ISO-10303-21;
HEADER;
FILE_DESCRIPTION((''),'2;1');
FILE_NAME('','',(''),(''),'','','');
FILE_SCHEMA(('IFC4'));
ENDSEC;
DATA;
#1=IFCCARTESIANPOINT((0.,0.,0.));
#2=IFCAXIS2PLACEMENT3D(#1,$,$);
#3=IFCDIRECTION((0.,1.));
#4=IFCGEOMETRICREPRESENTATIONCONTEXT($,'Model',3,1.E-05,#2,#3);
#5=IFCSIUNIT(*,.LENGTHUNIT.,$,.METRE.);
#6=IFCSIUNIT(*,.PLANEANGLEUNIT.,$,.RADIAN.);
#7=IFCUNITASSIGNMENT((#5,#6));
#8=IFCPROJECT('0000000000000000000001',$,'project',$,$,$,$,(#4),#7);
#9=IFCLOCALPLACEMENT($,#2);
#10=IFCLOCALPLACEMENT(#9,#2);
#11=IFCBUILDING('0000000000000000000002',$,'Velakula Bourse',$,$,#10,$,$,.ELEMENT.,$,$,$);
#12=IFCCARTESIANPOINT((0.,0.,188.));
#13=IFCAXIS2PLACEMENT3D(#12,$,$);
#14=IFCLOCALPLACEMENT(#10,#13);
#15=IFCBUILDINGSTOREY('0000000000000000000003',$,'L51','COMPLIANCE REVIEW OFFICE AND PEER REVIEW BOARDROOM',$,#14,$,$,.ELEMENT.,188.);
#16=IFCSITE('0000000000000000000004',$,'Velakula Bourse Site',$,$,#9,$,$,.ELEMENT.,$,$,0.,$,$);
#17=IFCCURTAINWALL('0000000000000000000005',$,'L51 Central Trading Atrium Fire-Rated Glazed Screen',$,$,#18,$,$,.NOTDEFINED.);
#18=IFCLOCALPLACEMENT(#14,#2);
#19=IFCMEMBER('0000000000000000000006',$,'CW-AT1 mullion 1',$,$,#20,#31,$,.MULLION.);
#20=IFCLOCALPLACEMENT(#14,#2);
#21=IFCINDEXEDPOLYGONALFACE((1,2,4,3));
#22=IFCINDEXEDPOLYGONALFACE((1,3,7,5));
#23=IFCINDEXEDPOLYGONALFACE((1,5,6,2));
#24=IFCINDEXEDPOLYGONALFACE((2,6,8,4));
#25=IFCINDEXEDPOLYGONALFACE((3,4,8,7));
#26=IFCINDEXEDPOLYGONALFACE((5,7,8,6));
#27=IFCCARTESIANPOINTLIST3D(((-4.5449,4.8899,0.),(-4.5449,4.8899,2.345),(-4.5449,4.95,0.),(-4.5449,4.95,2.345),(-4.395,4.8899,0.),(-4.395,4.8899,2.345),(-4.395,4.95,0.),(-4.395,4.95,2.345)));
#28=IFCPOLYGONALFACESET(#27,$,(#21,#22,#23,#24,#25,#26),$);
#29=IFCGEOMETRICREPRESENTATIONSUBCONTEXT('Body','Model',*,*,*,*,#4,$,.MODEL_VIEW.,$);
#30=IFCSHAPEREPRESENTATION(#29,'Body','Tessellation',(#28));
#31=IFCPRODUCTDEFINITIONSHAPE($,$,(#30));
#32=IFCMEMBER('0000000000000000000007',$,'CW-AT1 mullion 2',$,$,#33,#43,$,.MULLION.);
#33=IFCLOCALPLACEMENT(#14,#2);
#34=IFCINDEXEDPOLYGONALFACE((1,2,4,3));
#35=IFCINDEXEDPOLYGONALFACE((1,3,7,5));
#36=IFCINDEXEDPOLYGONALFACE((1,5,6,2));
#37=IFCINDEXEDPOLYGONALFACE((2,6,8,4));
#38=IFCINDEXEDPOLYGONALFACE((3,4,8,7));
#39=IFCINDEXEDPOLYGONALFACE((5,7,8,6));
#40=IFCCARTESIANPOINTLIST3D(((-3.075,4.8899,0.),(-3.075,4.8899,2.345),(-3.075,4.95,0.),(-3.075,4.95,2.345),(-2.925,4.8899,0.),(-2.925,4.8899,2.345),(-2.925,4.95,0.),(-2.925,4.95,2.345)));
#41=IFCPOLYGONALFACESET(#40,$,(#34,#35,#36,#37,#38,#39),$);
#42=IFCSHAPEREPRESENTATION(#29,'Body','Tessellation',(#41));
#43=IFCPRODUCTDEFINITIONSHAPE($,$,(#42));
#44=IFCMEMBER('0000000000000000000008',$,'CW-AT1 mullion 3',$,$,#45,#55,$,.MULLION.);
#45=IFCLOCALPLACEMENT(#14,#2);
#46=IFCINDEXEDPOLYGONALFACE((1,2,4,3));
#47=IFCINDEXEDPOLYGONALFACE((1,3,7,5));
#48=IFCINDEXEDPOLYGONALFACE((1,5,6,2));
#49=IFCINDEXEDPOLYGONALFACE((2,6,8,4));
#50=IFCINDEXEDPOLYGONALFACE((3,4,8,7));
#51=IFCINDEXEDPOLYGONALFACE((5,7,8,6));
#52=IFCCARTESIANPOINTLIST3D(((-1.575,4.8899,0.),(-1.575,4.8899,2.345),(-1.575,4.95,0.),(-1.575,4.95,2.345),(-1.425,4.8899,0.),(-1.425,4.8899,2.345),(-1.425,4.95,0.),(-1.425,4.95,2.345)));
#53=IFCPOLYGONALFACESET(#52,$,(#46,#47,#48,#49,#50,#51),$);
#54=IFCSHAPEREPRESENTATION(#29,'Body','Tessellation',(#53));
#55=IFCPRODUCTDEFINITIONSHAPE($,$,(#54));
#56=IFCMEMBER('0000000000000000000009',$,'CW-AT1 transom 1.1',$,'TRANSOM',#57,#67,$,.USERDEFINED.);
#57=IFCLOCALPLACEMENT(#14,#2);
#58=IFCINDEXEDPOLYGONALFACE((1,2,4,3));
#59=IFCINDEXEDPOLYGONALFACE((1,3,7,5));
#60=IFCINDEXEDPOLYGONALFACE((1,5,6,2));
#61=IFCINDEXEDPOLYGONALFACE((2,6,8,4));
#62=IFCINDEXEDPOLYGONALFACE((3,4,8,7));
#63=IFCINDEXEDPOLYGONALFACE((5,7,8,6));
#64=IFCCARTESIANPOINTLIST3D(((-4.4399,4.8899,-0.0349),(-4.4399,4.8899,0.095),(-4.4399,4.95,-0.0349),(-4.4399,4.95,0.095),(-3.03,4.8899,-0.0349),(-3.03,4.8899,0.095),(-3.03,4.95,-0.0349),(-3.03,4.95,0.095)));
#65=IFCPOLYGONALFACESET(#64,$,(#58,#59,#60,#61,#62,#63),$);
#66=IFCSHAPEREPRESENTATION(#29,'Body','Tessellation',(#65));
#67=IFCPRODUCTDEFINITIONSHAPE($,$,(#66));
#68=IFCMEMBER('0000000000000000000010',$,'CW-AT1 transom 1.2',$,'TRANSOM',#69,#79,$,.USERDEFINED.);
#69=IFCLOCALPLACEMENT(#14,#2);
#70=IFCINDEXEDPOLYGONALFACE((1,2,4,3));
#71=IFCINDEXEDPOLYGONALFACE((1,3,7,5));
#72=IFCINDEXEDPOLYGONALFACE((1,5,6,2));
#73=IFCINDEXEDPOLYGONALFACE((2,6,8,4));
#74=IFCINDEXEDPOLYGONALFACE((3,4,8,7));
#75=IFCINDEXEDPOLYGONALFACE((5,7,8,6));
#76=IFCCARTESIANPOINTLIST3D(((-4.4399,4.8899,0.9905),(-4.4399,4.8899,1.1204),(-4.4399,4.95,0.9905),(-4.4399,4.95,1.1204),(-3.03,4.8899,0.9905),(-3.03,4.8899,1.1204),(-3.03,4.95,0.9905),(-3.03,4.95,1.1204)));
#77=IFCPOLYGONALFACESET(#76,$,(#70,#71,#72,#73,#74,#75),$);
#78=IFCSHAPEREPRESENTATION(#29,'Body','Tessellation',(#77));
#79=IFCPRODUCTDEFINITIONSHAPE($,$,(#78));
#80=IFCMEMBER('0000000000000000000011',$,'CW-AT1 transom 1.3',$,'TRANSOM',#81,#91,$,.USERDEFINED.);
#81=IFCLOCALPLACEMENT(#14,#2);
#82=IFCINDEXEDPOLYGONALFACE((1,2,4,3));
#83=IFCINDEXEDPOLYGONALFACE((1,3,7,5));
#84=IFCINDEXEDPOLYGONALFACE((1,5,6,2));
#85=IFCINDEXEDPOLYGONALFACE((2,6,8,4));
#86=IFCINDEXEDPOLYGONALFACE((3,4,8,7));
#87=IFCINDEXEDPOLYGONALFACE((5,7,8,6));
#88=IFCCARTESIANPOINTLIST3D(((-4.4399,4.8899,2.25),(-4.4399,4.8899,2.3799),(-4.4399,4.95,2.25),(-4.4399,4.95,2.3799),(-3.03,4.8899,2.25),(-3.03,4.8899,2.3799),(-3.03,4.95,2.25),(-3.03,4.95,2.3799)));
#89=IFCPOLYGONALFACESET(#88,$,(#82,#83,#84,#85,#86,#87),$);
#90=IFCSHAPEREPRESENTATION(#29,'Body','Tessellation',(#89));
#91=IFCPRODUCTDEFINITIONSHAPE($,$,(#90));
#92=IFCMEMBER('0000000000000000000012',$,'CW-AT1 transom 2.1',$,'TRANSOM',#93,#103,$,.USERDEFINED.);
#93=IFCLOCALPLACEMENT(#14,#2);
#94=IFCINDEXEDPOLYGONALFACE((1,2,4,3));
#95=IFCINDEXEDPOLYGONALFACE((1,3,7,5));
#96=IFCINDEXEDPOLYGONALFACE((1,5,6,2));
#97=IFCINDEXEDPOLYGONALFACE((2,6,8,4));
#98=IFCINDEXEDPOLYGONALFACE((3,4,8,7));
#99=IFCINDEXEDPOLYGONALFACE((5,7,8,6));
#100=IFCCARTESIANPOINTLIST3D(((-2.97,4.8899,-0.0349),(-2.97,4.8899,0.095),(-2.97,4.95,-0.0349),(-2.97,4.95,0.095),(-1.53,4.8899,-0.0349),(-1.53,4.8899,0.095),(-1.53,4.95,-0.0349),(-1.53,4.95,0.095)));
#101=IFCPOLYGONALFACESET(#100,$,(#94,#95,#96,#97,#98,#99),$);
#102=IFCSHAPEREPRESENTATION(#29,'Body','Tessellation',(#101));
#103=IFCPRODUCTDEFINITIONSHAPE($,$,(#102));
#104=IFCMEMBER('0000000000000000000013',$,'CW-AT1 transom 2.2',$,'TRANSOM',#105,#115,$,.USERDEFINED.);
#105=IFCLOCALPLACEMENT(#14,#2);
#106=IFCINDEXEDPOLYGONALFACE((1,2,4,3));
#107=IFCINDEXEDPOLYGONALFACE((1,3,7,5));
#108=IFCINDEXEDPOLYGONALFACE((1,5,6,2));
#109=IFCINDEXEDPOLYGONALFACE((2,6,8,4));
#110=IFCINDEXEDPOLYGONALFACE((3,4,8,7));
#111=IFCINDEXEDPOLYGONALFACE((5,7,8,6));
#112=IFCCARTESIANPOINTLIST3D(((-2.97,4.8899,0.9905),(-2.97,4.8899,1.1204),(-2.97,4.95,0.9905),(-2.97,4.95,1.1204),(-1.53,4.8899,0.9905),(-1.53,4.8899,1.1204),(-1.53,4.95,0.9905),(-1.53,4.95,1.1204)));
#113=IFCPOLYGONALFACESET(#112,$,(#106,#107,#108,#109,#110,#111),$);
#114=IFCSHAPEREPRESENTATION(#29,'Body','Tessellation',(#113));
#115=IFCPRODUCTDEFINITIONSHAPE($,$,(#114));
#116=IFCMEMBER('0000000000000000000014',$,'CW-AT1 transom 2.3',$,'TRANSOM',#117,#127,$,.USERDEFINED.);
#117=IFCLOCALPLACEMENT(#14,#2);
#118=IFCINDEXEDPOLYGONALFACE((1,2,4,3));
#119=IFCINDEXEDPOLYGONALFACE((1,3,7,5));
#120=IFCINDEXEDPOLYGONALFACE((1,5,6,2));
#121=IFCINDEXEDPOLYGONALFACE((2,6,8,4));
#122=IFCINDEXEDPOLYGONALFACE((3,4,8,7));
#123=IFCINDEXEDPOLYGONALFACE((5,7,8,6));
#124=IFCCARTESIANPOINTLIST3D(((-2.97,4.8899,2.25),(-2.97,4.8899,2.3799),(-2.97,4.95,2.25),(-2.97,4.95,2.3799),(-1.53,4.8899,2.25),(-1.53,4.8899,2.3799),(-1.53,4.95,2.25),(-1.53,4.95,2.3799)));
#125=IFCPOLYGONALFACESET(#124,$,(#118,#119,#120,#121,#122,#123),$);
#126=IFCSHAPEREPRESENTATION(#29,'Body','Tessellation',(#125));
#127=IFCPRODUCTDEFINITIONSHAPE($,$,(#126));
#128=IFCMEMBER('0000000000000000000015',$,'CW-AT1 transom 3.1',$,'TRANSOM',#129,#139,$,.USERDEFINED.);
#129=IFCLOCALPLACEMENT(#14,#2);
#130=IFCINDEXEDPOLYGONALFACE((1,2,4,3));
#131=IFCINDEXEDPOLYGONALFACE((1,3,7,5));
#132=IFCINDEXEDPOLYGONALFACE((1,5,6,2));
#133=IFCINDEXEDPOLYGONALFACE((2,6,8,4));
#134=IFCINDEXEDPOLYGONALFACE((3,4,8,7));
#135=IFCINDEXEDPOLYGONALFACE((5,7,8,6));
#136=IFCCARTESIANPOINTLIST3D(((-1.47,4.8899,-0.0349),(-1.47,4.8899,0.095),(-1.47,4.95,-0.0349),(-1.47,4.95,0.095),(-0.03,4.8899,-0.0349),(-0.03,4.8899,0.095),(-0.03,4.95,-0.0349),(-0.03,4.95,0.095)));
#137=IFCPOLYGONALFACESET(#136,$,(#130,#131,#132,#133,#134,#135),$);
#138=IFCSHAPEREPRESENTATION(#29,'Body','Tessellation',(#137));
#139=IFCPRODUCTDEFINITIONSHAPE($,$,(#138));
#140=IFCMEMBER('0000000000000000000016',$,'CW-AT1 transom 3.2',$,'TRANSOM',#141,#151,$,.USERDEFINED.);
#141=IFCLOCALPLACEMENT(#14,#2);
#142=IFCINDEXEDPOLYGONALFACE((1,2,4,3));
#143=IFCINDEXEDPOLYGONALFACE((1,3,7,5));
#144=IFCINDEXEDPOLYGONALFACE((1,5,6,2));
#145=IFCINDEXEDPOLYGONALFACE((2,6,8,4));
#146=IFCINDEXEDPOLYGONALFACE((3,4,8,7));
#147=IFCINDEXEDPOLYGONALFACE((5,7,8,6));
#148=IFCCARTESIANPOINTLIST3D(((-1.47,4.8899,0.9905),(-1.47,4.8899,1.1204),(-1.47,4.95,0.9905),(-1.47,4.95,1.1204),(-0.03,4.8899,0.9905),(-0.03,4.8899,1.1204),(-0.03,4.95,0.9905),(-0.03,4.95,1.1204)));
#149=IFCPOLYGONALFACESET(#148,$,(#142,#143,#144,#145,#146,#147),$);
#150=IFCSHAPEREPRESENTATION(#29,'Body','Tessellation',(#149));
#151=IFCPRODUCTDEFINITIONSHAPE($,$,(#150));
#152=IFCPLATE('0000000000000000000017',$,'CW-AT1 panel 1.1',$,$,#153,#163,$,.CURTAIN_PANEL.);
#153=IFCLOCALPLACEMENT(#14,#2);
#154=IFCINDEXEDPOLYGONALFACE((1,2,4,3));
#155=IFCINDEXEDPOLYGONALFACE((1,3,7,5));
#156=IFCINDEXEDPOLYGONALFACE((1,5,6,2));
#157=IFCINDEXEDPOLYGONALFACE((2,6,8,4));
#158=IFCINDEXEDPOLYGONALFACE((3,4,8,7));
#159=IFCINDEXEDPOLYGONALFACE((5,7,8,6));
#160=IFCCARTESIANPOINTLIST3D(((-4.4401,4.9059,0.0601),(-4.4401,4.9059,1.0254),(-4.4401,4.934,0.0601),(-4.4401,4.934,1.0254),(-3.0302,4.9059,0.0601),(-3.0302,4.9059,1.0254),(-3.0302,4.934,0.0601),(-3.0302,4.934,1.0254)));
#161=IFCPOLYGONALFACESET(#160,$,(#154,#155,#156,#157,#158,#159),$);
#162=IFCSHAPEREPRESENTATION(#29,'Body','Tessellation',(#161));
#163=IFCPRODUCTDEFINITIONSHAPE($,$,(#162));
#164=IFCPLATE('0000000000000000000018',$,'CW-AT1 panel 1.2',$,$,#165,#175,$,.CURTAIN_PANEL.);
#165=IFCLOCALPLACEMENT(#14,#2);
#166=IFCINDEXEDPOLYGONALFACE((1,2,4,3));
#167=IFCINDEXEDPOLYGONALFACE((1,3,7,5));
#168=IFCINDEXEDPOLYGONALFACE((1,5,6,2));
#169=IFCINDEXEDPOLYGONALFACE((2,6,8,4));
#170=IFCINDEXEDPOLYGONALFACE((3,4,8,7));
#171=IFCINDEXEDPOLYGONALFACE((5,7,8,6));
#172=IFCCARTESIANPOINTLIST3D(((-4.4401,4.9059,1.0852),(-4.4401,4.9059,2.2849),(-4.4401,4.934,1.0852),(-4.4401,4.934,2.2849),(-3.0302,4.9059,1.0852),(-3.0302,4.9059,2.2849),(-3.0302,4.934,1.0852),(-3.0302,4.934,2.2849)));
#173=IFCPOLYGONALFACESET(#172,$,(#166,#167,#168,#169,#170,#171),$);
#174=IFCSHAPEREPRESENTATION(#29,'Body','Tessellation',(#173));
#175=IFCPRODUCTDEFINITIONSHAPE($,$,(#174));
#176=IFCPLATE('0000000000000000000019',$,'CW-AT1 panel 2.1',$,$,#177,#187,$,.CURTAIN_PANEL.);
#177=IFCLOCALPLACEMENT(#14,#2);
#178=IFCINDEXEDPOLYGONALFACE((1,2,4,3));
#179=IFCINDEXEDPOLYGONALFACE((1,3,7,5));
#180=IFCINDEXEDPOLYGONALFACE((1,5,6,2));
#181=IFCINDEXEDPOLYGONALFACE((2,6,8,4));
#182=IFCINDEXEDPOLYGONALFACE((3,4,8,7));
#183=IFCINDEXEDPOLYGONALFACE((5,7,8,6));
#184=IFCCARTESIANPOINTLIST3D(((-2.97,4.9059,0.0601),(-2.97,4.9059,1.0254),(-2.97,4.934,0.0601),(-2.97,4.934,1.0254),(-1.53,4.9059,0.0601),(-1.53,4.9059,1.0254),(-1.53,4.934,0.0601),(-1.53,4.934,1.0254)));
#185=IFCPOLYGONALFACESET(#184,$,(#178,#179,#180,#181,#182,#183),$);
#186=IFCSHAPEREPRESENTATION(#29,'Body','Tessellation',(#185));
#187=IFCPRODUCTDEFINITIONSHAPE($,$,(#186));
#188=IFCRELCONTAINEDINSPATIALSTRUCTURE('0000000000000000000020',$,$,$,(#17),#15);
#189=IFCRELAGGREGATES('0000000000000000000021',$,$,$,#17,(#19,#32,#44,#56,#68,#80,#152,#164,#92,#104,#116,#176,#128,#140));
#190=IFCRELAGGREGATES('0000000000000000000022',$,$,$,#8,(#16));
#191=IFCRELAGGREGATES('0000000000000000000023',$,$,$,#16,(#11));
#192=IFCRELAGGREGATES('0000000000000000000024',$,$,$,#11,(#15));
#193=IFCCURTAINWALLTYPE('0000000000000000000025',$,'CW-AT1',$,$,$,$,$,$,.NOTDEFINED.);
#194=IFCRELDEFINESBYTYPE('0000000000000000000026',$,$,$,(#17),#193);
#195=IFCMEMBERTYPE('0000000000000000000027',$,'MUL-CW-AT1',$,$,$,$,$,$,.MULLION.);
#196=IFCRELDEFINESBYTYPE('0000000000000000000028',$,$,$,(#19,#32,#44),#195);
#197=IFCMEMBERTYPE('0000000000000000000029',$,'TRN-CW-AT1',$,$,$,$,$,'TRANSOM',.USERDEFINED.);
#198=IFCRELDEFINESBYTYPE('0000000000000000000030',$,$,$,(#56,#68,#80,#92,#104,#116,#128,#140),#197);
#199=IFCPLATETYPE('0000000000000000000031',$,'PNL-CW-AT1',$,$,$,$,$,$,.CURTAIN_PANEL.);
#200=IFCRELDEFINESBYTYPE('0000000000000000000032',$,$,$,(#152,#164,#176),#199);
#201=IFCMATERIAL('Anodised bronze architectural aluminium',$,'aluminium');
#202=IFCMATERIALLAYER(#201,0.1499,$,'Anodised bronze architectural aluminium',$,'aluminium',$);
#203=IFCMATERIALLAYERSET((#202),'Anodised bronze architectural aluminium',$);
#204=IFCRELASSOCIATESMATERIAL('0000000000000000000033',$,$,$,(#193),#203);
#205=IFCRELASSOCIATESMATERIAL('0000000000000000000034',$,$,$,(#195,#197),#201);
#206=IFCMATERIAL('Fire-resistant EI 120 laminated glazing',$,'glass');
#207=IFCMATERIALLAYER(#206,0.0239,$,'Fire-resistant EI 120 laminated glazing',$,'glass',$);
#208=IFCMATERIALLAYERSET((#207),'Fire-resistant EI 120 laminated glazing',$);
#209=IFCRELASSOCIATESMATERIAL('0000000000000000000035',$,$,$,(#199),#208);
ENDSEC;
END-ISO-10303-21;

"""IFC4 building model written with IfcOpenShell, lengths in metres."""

from ifc_helpers import new_model, si_unit, direction, frame, origin, origin_2d, place, context, subcontext, project, spatial, rectangle, extrude, material, layer, layer_set, material_profile, profile_set, type_object, element, aggregate, save


model = new_model("IFC4")

# Units and contexts
model_context = context("Model", 3, precision=1e-05, world=origin(), true_north=direction((0.0, 1.0)))
body_context = subcontext(model_context, "Body", "Model", "MODEL_VIEW")
ifc_project = project(units=[si_unit("LENGTHUNIT", "METRE"), si_unit("PLANEANGLEUNIT", "RADIAN")], contexts=[model_context])

# Site, building, storey
site_placement = place(None, origin())
site = spatial("IfcSite", under=ifc_project, at=site_placement, Name="Velakula Bourse Site", CompositionType="ELEMENT", RefElevation=0.0)
building_placement = place(site_placement, origin())
building = spatial("IfcBuilding", under=site, at=building_placement, Name="Velakula Bourse", CompositionType="ELEMENT")
storey_placement = place(building_placement, frame((0.0, 0.0, 188.0)))
storey = spatial("IfcBuildingStorey", under=building, at=storey_placement, Name="L51", Description="COMPLIANCE REVIEW OFFICE AND PEER REVIEW BOARDROOM", CompositionType="ELEMENT", Elevation=188.0)

# Curtain wall, members, plates
ifc_material_1 = material(Name="Anodised bronze architectural aluminium", Category="aluminium")
ifc_layer_1 = layer(ifc_material_1, 0.1499, Name="Anodised bronze architectural aluminium", Category="aluminium")
ifc_layer_set_1 = layer_set([ifc_layer_1], Name="Anodised bronze architectural aluminium")
curtain_wall_type = type_object("IfcCurtainWallType", Name="CW-AT1", PredefinedType="NOTDEFINED", material=ifc_layer_set_1)
curtain_wall_placement = place(storey_placement, origin())
curtain_wall = element("IfcCurtainWall", 1, at=curtain_wall_placement, inside=storey, type_object=curtain_wall_type, Name="L51 Central Trading Atrium Fire-Rated Glazed Screen", PredefinedType="NOTDEFINED")
ifc_material_profile_1 = material_profile(ifc_material_1, rectangle(XDim=0.0601, YDim=0.1499, at=origin_2d()), Name="Anodised bronze architectural aluminium")
ifc_profile_set_1 = profile_set([ifc_material_profile_1], Name="Anodised bronze architectural aluminium")
member_type_1 = type_object("IfcMemberType", Name="MUL-CW-AT1", PredefinedType="MULLION", material=ifc_profile_set_1)
member_1_placement = place(storey_placement, frame((-4.47, 4.9199, 0.0), z_axis=(0.0, 0.0, 1.0), x_axis=(0.0, 1.0, 0.0)))
member_1 = element("IfcMember", 2, at=member_1_placement, type_object=member_type_1, Name="CW-AT1 mullion 1", PredefinedType="MULLION", context=body_context, shape_type="SweptSolid", body=[
    extrude(rectangle(XDim=0.0601, YDim=0.1499, at=origin_2d()), origin(), (0.0, 0.0, 1.0), 2.345),
])
member_2_placement = place(storey_placement, frame((-3.0, 4.9199, 0.0), z_axis=(0.0, 0.0, 1.0), x_axis=(0.0, 1.0, 0.0)))
member_2 = element("IfcMember", 3, at=member_2_placement, type_object=member_type_1, Name="CW-AT1 mullion 2", PredefinedType="MULLION", context=body_context, shape_type="SweptSolid", body=[
    extrude(rectangle(XDim=0.0601, YDim=0.1499, at=origin_2d()), origin(), (0.0, 0.0, 1.0), 2.345),
])
member_3_placement = place(storey_placement, frame((-1.5, 4.9199, 0.0), z_axis=(0.0, 0.0, 1.0), x_axis=(0.0, 1.0, 0.0)))
member_3 = element("IfcMember", 4, at=member_3_placement, type_object=member_type_1, Name="CW-AT1 mullion 3", PredefinedType="MULLION", context=body_context, shape_type="SweptSolid", body=[
    extrude(rectangle(XDim=0.0601, YDim=0.1499, at=origin_2d()), origin(), (0.0, 0.0, 1.0), 2.345),
])
ifc_material_profile_2 = material_profile(ifc_material_1, rectangle(XDim=0.0601, YDim=0.1299, at=origin_2d()), Name="Anodised bronze architectural aluminium")
ifc_profile_set_2 = profile_set([ifc_material_profile_2], Name="Anodised bronze architectural aluminium")
member_type_2 = type_object("IfcMemberType", Name="TRN-CW-AT1", ElementType="TRANSOM", PredefinedType="USERDEFINED", material=ifc_profile_set_2)
member_4_placement = place(storey_placement, frame((-4.4399, 4.9199, 0.03), z_axis=(1.0, 0.0, 0.0), x_axis=(0.0, 1.0, 0.0)))
member_4 = element("IfcMember", 5, at=member_4_placement, type_object=member_type_2, Name="CW-AT1 transom 1.1", ObjectType="TRANSOM", PredefinedType="USERDEFINED", context=body_context, shape_type="SweptSolid", body=[
    extrude(rectangle(XDim=0.0601, YDim=0.1299, at=origin_2d()), origin(), (0.0, 0.0, 1.0), 1.4099),
])
member_5_placement = place(storey_placement, frame((-4.4399, 4.9199, 1.0554), z_axis=(1.0, 0.0, 0.0), x_axis=(0.0, 1.0, 0.0)))
member_5 = element("IfcMember", 6, at=member_5_placement, type_object=member_type_2, Name="CW-AT1 transom 1.2", ObjectType="TRANSOM", PredefinedType="USERDEFINED", context=body_context, shape_type="SweptSolid", body=[
    extrude(rectangle(XDim=0.0601, YDim=0.1299, at=origin_2d()), origin(), (0.0, 0.0, 1.0), 1.4099),
])
member_6_placement = place(storey_placement, frame((-4.4399, 4.9199, 2.3149), z_axis=(1.0, 0.0, 0.0), x_axis=(0.0, 1.0, 0.0)))
member_6 = element("IfcMember", 7, at=member_6_placement, type_object=member_type_2, Name="CW-AT1 transom 1.3", ObjectType="TRANSOM", PredefinedType="USERDEFINED", context=body_context, shape_type="SweptSolid", body=[
    extrude(rectangle(XDim=0.0601, YDim=0.1299, at=origin_2d()), origin(), (0.0, 0.0, 1.0), 1.4099),
])
member_7_placement = place(storey_placement, frame((-2.97, 4.9199, 0.03), z_axis=(1.0, 0.0, 0.0), x_axis=(0.0, 1.0, 0.0)))
member_7 = element("IfcMember", 8, at=member_7_placement, type_object=member_type_2, Name="CW-AT1 transom 2.1", ObjectType="TRANSOM", PredefinedType="USERDEFINED", context=body_context, shape_type="SweptSolid", body=[
    extrude(rectangle(XDim=0.0601, YDim=0.1299, at=origin_2d()), origin(), (0.0, 0.0, 1.0), 1.4399),
])
member_8_placement = place(storey_placement, frame((-2.97, 4.9199, 1.0554), z_axis=(1.0, 0.0, 0.0), x_axis=(0.0, 1.0, 0.0)))
member_8 = element("IfcMember", 9, at=member_8_placement, type_object=member_type_2, Name="CW-AT1 transom 2.2", ObjectType="TRANSOM", PredefinedType="USERDEFINED", context=body_context, shape_type="SweptSolid", body=[
    extrude(rectangle(XDim=0.0601, YDim=0.1299, at=origin_2d()), origin(), (0.0, 0.0, 1.0), 1.4399),
])
member_9_placement = place(storey_placement, frame((-2.97, 4.9199, 2.3149), z_axis=(1.0, 0.0, 0.0), x_axis=(0.0, 1.0, 0.0)))
member_9 = element("IfcMember", 10, at=member_9_placement, type_object=member_type_2, Name="CW-AT1 transom 2.3", ObjectType="TRANSOM", PredefinedType="USERDEFINED", context=body_context, shape_type="SweptSolid", body=[
    extrude(rectangle(XDim=0.0601, YDim=0.1299, at=origin_2d()), origin(), (0.0, 0.0, 1.0), 1.4399),
])
member_10_placement = place(storey_placement, frame((-1.47, 4.9199, 0.03), z_axis=(1.0, 0.0, 0.0), x_axis=(0.0, 1.0, 0.0)))
member_10 = element("IfcMember", 11, at=member_10_placement, type_object=member_type_2, Name="CW-AT1 transom 3.1", ObjectType="TRANSOM", PredefinedType="USERDEFINED", context=body_context, shape_type="SweptSolid", body=[
    extrude(rectangle(XDim=0.0601, YDim=0.1299, at=origin_2d()), origin(), (0.0, 0.0, 1.0), 1.4399),
])
member_11_placement = place(storey_placement, frame((-1.47, 4.9199, 1.0554), z_axis=(1.0, 0.0, 0.0), x_axis=(0.0, 1.0, 0.0)))
member_11 = element("IfcMember", 12, at=member_11_placement, type_object=member_type_2, Name="CW-AT1 transom 3.2", ObjectType="TRANSOM", PredefinedType="USERDEFINED", context=body_context, shape_type="SweptSolid", body=[
    extrude(rectangle(XDim=0.0601, YDim=0.1299, at=origin_2d()), origin(), (0.0, 0.0, 1.0), 1.4399),
])
ifc_material_2 = material(Name="Fire-resistant EI 120 laminated glazing", Category="glass")
ifc_layer_2 = layer(ifc_material_2, 0.0239, Name="Fire-resistant EI 120 laminated glazing", Category="glass")
ifc_layer_set_2 = layer_set([ifc_layer_2], Name="Fire-resistant EI 120 laminated glazing")
plate_type = type_object("IfcPlateType", Name="PNL-CW-AT1", PredefinedType="CURTAIN_PANEL", material=ifc_layer_set_2)
plate_1_placement = place(storey_placement, frame((-3.7351, 4.9199, 0.0601), z_axis=(0.0, 0.0, 1.0), x_axis=(1.0, 0.0, 0.0)))
plate_1 = element("IfcPlate", 13, at=plate_1_placement, type_object=plate_type, Name="CW-AT1 panel 1.1", PredefinedType="CURTAIN_PANEL", context=body_context, shape_type="SweptSolid", body=[
    extrude(rectangle(XDim=1.4099, YDim=0.0281, at=origin_2d()), origin(), (0.0, 0.0, 1.0), 0.9653),
])
plate_2_placement = place(storey_placement, frame((-3.7351, 4.9199, 1.0852), z_axis=(0.0, 0.0, 1.0), x_axis=(1.0, 0.0, 0.0)))
plate_2 = element("IfcPlate", 14, at=plate_2_placement, type_object=plate_type, Name="CW-AT1 panel 1.2", PredefinedType="CURTAIN_PANEL", context=body_context, shape_type="SweptSolid", body=[
    extrude(rectangle(XDim=1.4099, YDim=0.0281, at=origin_2d()), origin(), (0.0, 0.0, 1.0), 1.1997),
])
plate_3_placement = place(storey_placement, frame((-2.25, 4.9199, 0.0601), z_axis=(0.0, 0.0, 1.0), x_axis=(1.0, 0.0, 0.0)))
plate_3 = element("IfcPlate", 15, at=plate_3_placement, type_object=plate_type, Name="CW-AT1 panel 2.1", PredefinedType="CURTAIN_PANEL", context=body_context, shape_type="SweptSolid", body=[
    extrude(rectangle(XDim=1.4399, YDim=0.0281, at=origin_2d()), origin(), (0.0, 0.0, 1.0), 0.9653),
])
aggregate(curtain_wall, [member_1, member_2, member_3, member_4, member_5, member_6, plate_1, plate_2, member_7, member_8, member_9, plate_3, member_10, member_11])

save(model, "model.ifc")
